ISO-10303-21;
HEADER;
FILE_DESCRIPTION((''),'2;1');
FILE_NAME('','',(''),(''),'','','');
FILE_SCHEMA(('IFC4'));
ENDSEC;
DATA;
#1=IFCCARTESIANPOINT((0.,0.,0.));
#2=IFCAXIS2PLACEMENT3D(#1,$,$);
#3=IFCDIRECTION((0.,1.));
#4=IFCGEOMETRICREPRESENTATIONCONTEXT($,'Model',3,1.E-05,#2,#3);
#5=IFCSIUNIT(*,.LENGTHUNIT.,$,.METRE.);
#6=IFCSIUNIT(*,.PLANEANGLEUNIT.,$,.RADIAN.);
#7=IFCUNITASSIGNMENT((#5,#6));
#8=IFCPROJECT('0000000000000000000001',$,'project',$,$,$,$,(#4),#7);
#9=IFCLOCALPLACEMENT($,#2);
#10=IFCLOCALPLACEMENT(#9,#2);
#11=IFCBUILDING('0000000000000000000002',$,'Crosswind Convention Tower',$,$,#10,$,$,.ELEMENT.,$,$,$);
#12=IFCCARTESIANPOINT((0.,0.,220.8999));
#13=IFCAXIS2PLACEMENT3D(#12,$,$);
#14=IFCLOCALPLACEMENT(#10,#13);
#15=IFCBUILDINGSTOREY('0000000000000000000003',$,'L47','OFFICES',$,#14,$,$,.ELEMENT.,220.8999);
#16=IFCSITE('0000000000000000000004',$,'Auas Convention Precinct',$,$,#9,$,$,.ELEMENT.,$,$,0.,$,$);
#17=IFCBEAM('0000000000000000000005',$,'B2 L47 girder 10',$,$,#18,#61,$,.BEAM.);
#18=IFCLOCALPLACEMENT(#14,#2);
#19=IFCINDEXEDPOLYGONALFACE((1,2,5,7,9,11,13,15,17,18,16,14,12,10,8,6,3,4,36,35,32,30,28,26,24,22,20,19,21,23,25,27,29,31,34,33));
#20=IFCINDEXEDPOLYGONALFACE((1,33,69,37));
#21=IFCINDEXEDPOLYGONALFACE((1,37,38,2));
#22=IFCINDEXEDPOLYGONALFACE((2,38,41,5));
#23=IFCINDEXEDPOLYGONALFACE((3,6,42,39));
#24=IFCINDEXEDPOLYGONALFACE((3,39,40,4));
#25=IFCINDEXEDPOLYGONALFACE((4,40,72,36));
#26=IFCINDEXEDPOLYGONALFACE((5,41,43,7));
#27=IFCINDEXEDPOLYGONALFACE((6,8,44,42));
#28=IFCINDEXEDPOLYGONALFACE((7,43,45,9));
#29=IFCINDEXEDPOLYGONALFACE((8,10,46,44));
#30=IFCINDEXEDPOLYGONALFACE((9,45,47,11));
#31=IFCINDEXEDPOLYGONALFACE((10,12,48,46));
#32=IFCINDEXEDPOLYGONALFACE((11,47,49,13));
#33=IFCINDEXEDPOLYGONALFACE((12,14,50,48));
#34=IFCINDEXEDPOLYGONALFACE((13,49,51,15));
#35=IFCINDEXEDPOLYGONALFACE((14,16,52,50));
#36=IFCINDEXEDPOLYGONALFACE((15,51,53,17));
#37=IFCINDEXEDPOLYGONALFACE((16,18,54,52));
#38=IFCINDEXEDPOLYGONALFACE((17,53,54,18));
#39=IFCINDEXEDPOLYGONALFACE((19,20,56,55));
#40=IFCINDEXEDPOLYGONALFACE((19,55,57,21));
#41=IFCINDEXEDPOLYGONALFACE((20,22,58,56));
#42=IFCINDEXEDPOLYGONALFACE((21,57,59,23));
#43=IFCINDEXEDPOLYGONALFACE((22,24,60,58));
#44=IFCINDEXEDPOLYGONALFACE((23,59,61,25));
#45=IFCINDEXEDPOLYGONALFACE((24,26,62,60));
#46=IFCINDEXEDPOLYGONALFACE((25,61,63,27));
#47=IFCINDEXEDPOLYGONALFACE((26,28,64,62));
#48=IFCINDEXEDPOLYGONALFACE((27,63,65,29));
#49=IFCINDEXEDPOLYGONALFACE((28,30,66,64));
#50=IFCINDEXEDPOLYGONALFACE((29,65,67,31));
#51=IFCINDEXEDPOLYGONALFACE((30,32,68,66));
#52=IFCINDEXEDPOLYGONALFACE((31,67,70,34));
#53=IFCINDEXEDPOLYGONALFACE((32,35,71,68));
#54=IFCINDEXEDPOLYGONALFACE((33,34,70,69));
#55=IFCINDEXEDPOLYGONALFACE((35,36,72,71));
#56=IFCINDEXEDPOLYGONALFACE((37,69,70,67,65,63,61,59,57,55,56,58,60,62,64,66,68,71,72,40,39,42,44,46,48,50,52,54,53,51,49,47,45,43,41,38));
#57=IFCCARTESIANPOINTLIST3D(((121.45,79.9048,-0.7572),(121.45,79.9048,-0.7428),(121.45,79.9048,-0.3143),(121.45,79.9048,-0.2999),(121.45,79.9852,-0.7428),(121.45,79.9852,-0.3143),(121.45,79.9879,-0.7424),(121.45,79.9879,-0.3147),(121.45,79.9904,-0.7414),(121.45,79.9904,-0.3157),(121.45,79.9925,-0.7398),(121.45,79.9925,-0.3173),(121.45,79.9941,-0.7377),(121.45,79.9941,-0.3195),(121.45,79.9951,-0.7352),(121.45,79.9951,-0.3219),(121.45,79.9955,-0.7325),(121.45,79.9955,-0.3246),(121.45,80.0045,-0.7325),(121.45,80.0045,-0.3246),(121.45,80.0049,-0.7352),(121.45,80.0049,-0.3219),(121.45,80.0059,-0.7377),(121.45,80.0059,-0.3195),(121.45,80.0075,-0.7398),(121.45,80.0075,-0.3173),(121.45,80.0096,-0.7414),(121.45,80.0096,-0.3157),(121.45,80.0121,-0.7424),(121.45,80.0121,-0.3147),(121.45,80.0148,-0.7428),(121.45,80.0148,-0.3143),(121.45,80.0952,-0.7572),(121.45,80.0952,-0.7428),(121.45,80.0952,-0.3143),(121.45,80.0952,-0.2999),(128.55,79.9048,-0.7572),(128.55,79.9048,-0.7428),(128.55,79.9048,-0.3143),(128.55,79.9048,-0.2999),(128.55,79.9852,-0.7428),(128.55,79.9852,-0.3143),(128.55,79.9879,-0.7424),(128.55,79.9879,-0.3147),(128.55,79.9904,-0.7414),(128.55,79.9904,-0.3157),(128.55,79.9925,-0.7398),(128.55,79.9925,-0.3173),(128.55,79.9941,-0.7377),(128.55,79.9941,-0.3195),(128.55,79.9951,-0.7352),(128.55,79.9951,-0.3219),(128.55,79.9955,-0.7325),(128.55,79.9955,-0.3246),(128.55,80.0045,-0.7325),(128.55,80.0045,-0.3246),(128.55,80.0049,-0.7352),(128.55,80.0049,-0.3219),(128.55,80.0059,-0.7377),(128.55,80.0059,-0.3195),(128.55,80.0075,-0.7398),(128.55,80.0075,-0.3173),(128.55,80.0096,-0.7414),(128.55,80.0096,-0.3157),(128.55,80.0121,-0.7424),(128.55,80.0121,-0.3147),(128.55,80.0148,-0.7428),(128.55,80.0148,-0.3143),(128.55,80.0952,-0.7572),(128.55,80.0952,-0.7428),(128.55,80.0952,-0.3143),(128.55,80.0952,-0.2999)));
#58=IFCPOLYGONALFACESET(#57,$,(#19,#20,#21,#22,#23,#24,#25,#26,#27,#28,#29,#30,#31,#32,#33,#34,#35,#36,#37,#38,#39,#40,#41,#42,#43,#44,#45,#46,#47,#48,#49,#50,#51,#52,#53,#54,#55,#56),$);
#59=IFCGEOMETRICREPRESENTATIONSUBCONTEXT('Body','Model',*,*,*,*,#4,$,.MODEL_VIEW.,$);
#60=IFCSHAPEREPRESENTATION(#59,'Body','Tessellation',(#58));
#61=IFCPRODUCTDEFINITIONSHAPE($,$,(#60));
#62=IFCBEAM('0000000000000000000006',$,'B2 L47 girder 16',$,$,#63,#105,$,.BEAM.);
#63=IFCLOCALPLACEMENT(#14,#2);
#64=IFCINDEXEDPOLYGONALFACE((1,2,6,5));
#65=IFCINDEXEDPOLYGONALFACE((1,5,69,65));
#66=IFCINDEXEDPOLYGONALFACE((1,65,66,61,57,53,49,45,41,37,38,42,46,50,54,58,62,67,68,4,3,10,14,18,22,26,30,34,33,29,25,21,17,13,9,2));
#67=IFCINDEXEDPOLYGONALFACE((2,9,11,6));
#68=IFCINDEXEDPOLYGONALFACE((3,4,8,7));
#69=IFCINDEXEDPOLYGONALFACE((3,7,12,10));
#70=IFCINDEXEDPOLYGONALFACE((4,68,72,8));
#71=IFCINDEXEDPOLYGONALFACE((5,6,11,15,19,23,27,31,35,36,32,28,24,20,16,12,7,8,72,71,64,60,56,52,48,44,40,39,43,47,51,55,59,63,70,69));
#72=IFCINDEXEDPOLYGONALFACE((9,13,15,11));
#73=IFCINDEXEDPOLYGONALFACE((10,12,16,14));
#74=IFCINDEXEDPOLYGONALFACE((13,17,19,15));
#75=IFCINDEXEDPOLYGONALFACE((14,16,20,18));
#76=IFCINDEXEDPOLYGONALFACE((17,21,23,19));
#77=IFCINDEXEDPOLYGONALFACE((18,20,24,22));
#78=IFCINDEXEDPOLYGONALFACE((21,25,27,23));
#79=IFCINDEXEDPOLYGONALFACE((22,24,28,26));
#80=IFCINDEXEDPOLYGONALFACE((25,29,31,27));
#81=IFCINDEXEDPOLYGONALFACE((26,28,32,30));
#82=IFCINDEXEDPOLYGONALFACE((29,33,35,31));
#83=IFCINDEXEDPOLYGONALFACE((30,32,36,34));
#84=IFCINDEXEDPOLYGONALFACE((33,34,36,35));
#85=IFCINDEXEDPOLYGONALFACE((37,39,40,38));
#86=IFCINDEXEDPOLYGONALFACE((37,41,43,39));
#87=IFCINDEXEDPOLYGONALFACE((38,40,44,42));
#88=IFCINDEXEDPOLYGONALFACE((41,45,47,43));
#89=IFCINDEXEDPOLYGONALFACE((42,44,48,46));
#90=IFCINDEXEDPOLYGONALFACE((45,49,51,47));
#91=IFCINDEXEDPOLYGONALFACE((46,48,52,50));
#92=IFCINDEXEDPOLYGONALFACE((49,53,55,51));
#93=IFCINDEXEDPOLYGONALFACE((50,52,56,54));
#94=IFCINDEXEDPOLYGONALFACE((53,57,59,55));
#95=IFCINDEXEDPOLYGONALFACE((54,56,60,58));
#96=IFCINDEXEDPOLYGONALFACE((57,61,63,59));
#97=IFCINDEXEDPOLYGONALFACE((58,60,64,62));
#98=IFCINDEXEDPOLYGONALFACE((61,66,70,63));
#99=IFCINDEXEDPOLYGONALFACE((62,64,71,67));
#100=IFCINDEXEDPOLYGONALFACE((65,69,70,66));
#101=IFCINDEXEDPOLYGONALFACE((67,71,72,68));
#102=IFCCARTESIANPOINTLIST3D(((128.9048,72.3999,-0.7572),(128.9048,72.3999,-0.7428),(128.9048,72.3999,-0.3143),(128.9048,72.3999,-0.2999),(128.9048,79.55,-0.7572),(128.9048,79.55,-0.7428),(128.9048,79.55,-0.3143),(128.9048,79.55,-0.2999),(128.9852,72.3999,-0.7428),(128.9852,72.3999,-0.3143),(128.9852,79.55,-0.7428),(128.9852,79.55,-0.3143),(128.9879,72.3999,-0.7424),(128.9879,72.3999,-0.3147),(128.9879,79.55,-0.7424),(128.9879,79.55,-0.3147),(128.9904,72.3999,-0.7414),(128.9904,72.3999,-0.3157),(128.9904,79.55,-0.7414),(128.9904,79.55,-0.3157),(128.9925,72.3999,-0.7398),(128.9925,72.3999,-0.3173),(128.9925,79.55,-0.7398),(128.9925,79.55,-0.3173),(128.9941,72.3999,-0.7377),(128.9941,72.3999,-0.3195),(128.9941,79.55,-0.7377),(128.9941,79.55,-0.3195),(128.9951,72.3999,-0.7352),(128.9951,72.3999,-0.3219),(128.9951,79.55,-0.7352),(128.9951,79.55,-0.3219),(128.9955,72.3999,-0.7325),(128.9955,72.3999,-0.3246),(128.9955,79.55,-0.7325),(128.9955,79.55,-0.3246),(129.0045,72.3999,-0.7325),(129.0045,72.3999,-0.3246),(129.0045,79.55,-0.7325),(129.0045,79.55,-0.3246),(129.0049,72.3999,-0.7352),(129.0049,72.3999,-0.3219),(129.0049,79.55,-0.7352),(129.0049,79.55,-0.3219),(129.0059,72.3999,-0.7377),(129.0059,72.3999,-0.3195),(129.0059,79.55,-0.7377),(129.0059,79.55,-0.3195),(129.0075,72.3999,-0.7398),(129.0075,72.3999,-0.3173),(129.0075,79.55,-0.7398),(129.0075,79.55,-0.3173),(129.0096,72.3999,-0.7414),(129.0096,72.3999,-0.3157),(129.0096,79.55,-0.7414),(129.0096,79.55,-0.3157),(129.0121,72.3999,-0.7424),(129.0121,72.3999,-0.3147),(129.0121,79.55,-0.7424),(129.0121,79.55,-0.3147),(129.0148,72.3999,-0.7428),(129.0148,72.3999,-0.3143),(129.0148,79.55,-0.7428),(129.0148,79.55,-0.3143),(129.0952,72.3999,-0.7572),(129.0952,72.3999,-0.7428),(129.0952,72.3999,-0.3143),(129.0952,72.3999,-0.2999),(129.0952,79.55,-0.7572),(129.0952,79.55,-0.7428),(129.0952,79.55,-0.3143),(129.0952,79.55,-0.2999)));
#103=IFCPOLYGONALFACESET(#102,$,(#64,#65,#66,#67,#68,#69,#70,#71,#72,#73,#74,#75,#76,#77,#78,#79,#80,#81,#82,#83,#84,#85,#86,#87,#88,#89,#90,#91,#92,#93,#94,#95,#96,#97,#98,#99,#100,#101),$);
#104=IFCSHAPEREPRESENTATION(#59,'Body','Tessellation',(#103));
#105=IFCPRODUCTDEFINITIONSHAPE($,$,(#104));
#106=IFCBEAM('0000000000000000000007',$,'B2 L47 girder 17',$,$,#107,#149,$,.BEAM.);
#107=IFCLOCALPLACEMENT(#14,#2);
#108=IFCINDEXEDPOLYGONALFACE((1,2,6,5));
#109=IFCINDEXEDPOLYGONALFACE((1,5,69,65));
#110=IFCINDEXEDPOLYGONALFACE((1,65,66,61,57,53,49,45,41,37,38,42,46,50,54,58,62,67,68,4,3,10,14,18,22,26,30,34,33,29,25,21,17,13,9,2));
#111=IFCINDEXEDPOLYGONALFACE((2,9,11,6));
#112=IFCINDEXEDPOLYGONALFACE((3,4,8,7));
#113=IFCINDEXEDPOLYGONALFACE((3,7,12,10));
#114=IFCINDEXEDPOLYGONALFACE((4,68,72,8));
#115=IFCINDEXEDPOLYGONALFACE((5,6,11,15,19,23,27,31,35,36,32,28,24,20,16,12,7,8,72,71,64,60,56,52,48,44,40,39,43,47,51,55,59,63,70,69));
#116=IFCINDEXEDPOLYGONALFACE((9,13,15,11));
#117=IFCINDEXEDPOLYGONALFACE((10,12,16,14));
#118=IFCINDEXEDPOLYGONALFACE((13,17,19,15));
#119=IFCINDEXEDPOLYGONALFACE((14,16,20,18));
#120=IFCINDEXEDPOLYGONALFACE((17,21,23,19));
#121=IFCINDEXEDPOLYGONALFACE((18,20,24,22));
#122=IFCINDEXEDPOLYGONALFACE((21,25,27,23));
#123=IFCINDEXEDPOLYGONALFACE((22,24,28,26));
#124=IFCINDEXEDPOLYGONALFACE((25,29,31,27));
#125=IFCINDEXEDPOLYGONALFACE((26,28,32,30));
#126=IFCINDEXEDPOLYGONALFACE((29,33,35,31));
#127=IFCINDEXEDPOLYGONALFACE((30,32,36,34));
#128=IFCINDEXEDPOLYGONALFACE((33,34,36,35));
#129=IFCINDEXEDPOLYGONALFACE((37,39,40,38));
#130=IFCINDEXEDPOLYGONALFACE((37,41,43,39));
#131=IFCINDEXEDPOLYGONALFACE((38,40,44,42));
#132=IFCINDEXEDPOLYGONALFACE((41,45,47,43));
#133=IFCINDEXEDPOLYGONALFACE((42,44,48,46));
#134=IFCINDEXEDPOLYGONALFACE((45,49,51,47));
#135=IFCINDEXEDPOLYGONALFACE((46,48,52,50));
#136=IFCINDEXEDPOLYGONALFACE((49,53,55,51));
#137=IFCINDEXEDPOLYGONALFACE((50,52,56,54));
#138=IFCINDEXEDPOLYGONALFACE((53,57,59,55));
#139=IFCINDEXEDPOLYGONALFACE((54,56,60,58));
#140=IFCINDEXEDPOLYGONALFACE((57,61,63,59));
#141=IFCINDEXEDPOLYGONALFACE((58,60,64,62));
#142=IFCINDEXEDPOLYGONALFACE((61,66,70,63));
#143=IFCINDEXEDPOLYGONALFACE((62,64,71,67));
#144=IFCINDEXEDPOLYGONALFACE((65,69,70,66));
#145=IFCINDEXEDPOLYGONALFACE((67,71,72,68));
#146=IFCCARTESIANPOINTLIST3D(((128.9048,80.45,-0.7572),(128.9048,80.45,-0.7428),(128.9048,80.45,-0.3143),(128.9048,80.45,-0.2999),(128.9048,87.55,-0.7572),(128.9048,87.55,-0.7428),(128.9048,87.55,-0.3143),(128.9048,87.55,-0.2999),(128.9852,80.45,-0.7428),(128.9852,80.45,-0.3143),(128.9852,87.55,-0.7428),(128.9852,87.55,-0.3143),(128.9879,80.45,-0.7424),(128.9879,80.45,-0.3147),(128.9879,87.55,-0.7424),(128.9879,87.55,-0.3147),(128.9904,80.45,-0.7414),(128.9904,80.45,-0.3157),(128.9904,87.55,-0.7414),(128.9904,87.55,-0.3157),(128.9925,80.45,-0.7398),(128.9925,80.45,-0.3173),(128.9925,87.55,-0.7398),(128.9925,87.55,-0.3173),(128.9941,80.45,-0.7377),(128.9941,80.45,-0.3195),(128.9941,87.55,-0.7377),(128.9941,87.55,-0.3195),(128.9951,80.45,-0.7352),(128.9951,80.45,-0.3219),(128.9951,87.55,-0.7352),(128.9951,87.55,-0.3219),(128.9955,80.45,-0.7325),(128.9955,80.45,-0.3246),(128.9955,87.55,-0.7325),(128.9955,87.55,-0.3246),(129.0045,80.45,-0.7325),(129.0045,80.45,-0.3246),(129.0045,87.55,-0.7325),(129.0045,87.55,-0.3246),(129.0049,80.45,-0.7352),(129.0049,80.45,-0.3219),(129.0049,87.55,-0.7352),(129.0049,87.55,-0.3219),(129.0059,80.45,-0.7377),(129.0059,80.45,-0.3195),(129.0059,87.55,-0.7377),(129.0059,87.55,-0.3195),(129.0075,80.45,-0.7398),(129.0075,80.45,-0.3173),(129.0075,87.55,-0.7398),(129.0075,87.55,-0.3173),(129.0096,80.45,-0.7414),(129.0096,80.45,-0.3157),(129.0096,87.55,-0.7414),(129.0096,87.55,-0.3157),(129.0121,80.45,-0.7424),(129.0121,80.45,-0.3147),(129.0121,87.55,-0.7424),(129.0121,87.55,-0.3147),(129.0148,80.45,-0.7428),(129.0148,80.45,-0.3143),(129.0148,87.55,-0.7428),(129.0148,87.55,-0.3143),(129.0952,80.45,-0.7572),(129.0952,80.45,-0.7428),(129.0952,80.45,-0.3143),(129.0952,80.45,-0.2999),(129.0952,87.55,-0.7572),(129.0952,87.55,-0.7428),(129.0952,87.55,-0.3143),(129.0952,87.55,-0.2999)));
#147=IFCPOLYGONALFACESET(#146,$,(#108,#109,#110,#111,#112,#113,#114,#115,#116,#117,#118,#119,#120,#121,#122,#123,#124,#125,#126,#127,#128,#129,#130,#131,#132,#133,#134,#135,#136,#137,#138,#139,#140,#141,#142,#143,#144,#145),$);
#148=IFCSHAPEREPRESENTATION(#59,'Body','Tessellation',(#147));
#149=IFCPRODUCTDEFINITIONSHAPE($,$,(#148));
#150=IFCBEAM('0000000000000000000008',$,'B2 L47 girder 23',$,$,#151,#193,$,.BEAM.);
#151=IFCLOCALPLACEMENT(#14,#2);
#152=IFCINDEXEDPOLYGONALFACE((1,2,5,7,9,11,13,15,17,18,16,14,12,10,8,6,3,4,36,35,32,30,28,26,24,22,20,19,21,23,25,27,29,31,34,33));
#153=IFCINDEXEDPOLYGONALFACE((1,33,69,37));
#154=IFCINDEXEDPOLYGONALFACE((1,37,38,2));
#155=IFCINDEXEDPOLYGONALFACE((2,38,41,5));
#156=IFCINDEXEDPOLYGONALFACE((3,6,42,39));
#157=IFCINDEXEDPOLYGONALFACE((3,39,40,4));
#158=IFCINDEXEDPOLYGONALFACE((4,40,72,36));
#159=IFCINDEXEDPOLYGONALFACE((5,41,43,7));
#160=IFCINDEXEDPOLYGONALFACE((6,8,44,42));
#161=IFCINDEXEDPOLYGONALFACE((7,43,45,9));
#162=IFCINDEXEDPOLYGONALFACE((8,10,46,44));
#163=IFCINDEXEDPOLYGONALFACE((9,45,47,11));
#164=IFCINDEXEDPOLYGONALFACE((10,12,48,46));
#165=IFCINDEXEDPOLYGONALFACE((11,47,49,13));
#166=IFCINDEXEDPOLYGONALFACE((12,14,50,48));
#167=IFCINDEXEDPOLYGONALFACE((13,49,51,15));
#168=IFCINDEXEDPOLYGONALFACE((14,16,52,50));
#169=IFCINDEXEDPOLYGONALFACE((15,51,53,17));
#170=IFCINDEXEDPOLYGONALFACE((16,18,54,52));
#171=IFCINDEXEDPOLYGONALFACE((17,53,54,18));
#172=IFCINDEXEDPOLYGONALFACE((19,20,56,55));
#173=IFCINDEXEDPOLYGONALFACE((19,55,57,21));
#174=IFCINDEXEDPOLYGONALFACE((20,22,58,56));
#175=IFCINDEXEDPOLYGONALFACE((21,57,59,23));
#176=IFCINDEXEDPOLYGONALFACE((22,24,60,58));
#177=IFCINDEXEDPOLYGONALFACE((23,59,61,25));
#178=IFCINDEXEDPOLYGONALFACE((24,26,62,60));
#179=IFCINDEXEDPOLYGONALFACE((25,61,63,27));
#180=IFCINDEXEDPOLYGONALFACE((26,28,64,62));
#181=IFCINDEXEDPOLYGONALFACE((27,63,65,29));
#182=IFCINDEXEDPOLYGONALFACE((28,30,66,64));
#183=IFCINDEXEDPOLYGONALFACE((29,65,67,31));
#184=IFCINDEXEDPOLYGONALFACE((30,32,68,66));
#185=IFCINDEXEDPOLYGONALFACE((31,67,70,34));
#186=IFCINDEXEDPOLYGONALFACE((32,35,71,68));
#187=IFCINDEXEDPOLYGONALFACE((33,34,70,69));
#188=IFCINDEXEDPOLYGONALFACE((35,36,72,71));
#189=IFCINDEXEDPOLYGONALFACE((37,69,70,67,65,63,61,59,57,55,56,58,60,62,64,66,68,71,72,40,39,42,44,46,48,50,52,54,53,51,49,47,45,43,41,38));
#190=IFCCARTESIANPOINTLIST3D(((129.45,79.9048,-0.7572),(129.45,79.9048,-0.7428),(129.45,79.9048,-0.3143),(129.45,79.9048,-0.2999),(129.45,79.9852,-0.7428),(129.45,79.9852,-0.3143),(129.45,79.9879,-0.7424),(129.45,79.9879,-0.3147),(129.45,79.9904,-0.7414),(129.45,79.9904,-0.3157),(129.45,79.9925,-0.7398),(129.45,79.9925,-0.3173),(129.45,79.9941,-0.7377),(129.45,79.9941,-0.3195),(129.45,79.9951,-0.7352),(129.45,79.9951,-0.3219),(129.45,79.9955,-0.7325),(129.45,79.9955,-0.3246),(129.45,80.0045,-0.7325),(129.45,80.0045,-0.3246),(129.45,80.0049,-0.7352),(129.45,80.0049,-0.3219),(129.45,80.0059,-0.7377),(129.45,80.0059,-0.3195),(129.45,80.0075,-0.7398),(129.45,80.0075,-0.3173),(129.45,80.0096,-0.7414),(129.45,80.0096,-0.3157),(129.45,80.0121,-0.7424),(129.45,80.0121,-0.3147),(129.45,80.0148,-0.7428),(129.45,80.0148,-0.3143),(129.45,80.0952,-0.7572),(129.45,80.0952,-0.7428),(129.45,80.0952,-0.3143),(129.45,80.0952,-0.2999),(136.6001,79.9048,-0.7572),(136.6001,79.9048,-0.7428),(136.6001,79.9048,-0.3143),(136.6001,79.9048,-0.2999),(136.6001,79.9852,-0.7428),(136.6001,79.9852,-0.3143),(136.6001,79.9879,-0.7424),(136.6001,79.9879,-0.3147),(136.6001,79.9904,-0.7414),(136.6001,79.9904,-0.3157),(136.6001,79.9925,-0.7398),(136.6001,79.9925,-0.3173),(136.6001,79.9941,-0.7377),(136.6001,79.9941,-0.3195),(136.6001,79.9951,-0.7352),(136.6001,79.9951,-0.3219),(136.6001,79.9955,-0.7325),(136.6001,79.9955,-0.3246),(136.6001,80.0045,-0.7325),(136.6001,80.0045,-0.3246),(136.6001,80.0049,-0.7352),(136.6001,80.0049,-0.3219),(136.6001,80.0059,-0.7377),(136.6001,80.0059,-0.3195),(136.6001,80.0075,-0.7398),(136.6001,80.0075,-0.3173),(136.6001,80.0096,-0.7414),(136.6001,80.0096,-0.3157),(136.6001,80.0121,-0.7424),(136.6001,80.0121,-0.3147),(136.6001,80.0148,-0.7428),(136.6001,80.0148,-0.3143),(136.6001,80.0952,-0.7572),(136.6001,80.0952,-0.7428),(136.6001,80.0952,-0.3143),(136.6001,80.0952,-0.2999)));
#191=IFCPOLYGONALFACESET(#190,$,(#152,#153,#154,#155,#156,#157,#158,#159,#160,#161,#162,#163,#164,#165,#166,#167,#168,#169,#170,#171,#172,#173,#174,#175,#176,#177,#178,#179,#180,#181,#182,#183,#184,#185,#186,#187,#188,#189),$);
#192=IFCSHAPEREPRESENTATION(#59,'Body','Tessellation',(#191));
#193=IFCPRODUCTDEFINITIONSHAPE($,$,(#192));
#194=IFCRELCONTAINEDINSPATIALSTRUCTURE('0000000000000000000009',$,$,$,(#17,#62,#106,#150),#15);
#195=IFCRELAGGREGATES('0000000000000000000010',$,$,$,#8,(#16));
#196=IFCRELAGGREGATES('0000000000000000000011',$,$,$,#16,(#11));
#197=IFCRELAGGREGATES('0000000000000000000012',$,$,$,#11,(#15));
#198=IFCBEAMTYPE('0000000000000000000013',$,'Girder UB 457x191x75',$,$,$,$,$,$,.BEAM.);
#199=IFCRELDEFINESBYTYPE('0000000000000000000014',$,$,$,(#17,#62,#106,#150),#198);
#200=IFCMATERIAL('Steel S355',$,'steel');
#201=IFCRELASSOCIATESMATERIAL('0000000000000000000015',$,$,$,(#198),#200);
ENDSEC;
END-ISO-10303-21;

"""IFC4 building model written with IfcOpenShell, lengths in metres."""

from ifc_helpers import new_model, si_unit, direction, frame, origin, origin_2d, place, context, subcontext, project, spatial, i_section, extrude, material, material_profile, profile_set, type_object, element, save


model = new_model("IFC4")

# Units and contexts
model_context = context("Model", 3, precision=1e-05, world=origin(), true_north=direction((0.0, 1.0)))
body_context = subcontext(model_context, "Body", "Model", "MODEL_VIEW")
ifc_project = project(units=[si_unit("LENGTHUNIT", "METRE"), si_unit("PLANEANGLEUNIT", "RADIAN")], contexts=[model_context])

# Site, building, storey
site_placement = place(None, origin())
site = spatial("IfcSite", under=ifc_project, at=site_placement, Name="Auas Convention Precinct", CompositionType="ELEMENT", RefElevation=0.0)
building_placement = place(site_placement, origin())
building = spatial("IfcBuilding", under=site, at=building_placement, Name="Crosswind Convention Tower", CompositionType="ELEMENT")
storey_placement = place(building_placement, frame((0.0, 0.0, 220.8999)))
storey = spatial("IfcBuildingStorey", under=building, at=storey_placement, Name="L47", Description="OFFICES", CompositionType="ELEMENT", Elevation=220.8999)

# Beams
ifc_material_1 = material(Name="Steel S355", Category="steel")
ifc_material_profile_1 = material_profile(ifc_material_1, i_section(OverallWidth=0.1904, OverallDepth=0.4573, WebThickness=0.009, FlangeThickness=0.0144, FilletRadius=0.0103, at=origin_2d()), Name="UB 457x191x75")
ifc_profile_set_1 = profile_set([ifc_material_profile_1], Name="Steel S355")
beam_type_1 = type_object("IfcBeamType", Name="Girder UB 457x191x75", PredefinedType="BEAM", material=ifc_profile_set_1)
beam_1_placement = place(storey_placement, frame((121.45, 80.0, -0.5286), z_axis=(1.0, 0.0, 0.0), x_axis=(0.0, 1.0, 0.0)))
element("IfcBeam", 1, at=beam_1_placement, inside=storey, type_object=beam_type_1, Name="B2 L47 girder 10", PredefinedType="BEAM", context=body_context, shape_type="SweptSolid", body=[
    extrude(i_section(OverallWidth=0.1904, OverallDepth=0.4573, WebThickness=0.009, FlangeThickness=0.0144, FilletRadius=0.0103, at=origin_2d()), origin(), (0.0, 0.0, 1.0), 7.1001),
])
beam_2_placement = place(storey_placement, frame((129.0, 72.3999, -0.5286), z_axis=(0.0, 1.0, 0.0), x_axis=(-1.0, 0.0, 0.0)))
element("IfcBeam", 2, at=beam_2_placement, inside=storey, type_object=beam_type_1, Name="B2 L47 girder 16", PredefinedType="BEAM", context=body_context, shape_type="SweptSolid", body=[
    extrude(i_section(OverallWidth=0.1904, OverallDepth=0.4573, WebThickness=0.009, FlangeThickness=0.0144, FilletRadius=0.0103, at=origin_2d()), origin(), (0.0, 0.0, 1.0), 7.1501),
])
beam_3_placement = place(storey_placement, frame((129.0, 80.45, -0.5286), z_axis=(0.0, 1.0, 0.0), x_axis=(-1.0, 0.0, 0.0)))
element("IfcBeam", 3, at=beam_3_placement, inside=storey, type_object=beam_type_1, Name="B2 L47 girder 17", PredefinedType="BEAM", context=body_context, shape_type="SweptSolid", body=[
    extrude(i_section(OverallWidth=0.1904, OverallDepth=0.4573, WebThickness=0.009, FlangeThickness=0.0144, FilletRadius=0.0103, at=origin_2d()), origin(), (0.0, 0.0, 1.0), 7.1001),
])
beam_4_placement = place(storey_placement, frame((129.45, 80.0, -0.5286), z_axis=(1.0, 0.0, 0.0), x_axis=(0.0, 1.0, 0.0)))
element("IfcBeam", 4, at=beam_4_placement, inside=storey, type_object=beam_type_1, Name="B2 L47 girder 23", PredefinedType="BEAM", context=body_context, shape_type="SweptSolid", body=[
    extrude(i_section(OverallWidth=0.1904, OverallDepth=0.4573, WebThickness=0.009, FlangeThickness=0.0144, FilletRadius=0.0103, at=origin_2d()), origin(), (0.0, 0.0, 1.0), 7.1501),
])

save(model, "model.ifc")
